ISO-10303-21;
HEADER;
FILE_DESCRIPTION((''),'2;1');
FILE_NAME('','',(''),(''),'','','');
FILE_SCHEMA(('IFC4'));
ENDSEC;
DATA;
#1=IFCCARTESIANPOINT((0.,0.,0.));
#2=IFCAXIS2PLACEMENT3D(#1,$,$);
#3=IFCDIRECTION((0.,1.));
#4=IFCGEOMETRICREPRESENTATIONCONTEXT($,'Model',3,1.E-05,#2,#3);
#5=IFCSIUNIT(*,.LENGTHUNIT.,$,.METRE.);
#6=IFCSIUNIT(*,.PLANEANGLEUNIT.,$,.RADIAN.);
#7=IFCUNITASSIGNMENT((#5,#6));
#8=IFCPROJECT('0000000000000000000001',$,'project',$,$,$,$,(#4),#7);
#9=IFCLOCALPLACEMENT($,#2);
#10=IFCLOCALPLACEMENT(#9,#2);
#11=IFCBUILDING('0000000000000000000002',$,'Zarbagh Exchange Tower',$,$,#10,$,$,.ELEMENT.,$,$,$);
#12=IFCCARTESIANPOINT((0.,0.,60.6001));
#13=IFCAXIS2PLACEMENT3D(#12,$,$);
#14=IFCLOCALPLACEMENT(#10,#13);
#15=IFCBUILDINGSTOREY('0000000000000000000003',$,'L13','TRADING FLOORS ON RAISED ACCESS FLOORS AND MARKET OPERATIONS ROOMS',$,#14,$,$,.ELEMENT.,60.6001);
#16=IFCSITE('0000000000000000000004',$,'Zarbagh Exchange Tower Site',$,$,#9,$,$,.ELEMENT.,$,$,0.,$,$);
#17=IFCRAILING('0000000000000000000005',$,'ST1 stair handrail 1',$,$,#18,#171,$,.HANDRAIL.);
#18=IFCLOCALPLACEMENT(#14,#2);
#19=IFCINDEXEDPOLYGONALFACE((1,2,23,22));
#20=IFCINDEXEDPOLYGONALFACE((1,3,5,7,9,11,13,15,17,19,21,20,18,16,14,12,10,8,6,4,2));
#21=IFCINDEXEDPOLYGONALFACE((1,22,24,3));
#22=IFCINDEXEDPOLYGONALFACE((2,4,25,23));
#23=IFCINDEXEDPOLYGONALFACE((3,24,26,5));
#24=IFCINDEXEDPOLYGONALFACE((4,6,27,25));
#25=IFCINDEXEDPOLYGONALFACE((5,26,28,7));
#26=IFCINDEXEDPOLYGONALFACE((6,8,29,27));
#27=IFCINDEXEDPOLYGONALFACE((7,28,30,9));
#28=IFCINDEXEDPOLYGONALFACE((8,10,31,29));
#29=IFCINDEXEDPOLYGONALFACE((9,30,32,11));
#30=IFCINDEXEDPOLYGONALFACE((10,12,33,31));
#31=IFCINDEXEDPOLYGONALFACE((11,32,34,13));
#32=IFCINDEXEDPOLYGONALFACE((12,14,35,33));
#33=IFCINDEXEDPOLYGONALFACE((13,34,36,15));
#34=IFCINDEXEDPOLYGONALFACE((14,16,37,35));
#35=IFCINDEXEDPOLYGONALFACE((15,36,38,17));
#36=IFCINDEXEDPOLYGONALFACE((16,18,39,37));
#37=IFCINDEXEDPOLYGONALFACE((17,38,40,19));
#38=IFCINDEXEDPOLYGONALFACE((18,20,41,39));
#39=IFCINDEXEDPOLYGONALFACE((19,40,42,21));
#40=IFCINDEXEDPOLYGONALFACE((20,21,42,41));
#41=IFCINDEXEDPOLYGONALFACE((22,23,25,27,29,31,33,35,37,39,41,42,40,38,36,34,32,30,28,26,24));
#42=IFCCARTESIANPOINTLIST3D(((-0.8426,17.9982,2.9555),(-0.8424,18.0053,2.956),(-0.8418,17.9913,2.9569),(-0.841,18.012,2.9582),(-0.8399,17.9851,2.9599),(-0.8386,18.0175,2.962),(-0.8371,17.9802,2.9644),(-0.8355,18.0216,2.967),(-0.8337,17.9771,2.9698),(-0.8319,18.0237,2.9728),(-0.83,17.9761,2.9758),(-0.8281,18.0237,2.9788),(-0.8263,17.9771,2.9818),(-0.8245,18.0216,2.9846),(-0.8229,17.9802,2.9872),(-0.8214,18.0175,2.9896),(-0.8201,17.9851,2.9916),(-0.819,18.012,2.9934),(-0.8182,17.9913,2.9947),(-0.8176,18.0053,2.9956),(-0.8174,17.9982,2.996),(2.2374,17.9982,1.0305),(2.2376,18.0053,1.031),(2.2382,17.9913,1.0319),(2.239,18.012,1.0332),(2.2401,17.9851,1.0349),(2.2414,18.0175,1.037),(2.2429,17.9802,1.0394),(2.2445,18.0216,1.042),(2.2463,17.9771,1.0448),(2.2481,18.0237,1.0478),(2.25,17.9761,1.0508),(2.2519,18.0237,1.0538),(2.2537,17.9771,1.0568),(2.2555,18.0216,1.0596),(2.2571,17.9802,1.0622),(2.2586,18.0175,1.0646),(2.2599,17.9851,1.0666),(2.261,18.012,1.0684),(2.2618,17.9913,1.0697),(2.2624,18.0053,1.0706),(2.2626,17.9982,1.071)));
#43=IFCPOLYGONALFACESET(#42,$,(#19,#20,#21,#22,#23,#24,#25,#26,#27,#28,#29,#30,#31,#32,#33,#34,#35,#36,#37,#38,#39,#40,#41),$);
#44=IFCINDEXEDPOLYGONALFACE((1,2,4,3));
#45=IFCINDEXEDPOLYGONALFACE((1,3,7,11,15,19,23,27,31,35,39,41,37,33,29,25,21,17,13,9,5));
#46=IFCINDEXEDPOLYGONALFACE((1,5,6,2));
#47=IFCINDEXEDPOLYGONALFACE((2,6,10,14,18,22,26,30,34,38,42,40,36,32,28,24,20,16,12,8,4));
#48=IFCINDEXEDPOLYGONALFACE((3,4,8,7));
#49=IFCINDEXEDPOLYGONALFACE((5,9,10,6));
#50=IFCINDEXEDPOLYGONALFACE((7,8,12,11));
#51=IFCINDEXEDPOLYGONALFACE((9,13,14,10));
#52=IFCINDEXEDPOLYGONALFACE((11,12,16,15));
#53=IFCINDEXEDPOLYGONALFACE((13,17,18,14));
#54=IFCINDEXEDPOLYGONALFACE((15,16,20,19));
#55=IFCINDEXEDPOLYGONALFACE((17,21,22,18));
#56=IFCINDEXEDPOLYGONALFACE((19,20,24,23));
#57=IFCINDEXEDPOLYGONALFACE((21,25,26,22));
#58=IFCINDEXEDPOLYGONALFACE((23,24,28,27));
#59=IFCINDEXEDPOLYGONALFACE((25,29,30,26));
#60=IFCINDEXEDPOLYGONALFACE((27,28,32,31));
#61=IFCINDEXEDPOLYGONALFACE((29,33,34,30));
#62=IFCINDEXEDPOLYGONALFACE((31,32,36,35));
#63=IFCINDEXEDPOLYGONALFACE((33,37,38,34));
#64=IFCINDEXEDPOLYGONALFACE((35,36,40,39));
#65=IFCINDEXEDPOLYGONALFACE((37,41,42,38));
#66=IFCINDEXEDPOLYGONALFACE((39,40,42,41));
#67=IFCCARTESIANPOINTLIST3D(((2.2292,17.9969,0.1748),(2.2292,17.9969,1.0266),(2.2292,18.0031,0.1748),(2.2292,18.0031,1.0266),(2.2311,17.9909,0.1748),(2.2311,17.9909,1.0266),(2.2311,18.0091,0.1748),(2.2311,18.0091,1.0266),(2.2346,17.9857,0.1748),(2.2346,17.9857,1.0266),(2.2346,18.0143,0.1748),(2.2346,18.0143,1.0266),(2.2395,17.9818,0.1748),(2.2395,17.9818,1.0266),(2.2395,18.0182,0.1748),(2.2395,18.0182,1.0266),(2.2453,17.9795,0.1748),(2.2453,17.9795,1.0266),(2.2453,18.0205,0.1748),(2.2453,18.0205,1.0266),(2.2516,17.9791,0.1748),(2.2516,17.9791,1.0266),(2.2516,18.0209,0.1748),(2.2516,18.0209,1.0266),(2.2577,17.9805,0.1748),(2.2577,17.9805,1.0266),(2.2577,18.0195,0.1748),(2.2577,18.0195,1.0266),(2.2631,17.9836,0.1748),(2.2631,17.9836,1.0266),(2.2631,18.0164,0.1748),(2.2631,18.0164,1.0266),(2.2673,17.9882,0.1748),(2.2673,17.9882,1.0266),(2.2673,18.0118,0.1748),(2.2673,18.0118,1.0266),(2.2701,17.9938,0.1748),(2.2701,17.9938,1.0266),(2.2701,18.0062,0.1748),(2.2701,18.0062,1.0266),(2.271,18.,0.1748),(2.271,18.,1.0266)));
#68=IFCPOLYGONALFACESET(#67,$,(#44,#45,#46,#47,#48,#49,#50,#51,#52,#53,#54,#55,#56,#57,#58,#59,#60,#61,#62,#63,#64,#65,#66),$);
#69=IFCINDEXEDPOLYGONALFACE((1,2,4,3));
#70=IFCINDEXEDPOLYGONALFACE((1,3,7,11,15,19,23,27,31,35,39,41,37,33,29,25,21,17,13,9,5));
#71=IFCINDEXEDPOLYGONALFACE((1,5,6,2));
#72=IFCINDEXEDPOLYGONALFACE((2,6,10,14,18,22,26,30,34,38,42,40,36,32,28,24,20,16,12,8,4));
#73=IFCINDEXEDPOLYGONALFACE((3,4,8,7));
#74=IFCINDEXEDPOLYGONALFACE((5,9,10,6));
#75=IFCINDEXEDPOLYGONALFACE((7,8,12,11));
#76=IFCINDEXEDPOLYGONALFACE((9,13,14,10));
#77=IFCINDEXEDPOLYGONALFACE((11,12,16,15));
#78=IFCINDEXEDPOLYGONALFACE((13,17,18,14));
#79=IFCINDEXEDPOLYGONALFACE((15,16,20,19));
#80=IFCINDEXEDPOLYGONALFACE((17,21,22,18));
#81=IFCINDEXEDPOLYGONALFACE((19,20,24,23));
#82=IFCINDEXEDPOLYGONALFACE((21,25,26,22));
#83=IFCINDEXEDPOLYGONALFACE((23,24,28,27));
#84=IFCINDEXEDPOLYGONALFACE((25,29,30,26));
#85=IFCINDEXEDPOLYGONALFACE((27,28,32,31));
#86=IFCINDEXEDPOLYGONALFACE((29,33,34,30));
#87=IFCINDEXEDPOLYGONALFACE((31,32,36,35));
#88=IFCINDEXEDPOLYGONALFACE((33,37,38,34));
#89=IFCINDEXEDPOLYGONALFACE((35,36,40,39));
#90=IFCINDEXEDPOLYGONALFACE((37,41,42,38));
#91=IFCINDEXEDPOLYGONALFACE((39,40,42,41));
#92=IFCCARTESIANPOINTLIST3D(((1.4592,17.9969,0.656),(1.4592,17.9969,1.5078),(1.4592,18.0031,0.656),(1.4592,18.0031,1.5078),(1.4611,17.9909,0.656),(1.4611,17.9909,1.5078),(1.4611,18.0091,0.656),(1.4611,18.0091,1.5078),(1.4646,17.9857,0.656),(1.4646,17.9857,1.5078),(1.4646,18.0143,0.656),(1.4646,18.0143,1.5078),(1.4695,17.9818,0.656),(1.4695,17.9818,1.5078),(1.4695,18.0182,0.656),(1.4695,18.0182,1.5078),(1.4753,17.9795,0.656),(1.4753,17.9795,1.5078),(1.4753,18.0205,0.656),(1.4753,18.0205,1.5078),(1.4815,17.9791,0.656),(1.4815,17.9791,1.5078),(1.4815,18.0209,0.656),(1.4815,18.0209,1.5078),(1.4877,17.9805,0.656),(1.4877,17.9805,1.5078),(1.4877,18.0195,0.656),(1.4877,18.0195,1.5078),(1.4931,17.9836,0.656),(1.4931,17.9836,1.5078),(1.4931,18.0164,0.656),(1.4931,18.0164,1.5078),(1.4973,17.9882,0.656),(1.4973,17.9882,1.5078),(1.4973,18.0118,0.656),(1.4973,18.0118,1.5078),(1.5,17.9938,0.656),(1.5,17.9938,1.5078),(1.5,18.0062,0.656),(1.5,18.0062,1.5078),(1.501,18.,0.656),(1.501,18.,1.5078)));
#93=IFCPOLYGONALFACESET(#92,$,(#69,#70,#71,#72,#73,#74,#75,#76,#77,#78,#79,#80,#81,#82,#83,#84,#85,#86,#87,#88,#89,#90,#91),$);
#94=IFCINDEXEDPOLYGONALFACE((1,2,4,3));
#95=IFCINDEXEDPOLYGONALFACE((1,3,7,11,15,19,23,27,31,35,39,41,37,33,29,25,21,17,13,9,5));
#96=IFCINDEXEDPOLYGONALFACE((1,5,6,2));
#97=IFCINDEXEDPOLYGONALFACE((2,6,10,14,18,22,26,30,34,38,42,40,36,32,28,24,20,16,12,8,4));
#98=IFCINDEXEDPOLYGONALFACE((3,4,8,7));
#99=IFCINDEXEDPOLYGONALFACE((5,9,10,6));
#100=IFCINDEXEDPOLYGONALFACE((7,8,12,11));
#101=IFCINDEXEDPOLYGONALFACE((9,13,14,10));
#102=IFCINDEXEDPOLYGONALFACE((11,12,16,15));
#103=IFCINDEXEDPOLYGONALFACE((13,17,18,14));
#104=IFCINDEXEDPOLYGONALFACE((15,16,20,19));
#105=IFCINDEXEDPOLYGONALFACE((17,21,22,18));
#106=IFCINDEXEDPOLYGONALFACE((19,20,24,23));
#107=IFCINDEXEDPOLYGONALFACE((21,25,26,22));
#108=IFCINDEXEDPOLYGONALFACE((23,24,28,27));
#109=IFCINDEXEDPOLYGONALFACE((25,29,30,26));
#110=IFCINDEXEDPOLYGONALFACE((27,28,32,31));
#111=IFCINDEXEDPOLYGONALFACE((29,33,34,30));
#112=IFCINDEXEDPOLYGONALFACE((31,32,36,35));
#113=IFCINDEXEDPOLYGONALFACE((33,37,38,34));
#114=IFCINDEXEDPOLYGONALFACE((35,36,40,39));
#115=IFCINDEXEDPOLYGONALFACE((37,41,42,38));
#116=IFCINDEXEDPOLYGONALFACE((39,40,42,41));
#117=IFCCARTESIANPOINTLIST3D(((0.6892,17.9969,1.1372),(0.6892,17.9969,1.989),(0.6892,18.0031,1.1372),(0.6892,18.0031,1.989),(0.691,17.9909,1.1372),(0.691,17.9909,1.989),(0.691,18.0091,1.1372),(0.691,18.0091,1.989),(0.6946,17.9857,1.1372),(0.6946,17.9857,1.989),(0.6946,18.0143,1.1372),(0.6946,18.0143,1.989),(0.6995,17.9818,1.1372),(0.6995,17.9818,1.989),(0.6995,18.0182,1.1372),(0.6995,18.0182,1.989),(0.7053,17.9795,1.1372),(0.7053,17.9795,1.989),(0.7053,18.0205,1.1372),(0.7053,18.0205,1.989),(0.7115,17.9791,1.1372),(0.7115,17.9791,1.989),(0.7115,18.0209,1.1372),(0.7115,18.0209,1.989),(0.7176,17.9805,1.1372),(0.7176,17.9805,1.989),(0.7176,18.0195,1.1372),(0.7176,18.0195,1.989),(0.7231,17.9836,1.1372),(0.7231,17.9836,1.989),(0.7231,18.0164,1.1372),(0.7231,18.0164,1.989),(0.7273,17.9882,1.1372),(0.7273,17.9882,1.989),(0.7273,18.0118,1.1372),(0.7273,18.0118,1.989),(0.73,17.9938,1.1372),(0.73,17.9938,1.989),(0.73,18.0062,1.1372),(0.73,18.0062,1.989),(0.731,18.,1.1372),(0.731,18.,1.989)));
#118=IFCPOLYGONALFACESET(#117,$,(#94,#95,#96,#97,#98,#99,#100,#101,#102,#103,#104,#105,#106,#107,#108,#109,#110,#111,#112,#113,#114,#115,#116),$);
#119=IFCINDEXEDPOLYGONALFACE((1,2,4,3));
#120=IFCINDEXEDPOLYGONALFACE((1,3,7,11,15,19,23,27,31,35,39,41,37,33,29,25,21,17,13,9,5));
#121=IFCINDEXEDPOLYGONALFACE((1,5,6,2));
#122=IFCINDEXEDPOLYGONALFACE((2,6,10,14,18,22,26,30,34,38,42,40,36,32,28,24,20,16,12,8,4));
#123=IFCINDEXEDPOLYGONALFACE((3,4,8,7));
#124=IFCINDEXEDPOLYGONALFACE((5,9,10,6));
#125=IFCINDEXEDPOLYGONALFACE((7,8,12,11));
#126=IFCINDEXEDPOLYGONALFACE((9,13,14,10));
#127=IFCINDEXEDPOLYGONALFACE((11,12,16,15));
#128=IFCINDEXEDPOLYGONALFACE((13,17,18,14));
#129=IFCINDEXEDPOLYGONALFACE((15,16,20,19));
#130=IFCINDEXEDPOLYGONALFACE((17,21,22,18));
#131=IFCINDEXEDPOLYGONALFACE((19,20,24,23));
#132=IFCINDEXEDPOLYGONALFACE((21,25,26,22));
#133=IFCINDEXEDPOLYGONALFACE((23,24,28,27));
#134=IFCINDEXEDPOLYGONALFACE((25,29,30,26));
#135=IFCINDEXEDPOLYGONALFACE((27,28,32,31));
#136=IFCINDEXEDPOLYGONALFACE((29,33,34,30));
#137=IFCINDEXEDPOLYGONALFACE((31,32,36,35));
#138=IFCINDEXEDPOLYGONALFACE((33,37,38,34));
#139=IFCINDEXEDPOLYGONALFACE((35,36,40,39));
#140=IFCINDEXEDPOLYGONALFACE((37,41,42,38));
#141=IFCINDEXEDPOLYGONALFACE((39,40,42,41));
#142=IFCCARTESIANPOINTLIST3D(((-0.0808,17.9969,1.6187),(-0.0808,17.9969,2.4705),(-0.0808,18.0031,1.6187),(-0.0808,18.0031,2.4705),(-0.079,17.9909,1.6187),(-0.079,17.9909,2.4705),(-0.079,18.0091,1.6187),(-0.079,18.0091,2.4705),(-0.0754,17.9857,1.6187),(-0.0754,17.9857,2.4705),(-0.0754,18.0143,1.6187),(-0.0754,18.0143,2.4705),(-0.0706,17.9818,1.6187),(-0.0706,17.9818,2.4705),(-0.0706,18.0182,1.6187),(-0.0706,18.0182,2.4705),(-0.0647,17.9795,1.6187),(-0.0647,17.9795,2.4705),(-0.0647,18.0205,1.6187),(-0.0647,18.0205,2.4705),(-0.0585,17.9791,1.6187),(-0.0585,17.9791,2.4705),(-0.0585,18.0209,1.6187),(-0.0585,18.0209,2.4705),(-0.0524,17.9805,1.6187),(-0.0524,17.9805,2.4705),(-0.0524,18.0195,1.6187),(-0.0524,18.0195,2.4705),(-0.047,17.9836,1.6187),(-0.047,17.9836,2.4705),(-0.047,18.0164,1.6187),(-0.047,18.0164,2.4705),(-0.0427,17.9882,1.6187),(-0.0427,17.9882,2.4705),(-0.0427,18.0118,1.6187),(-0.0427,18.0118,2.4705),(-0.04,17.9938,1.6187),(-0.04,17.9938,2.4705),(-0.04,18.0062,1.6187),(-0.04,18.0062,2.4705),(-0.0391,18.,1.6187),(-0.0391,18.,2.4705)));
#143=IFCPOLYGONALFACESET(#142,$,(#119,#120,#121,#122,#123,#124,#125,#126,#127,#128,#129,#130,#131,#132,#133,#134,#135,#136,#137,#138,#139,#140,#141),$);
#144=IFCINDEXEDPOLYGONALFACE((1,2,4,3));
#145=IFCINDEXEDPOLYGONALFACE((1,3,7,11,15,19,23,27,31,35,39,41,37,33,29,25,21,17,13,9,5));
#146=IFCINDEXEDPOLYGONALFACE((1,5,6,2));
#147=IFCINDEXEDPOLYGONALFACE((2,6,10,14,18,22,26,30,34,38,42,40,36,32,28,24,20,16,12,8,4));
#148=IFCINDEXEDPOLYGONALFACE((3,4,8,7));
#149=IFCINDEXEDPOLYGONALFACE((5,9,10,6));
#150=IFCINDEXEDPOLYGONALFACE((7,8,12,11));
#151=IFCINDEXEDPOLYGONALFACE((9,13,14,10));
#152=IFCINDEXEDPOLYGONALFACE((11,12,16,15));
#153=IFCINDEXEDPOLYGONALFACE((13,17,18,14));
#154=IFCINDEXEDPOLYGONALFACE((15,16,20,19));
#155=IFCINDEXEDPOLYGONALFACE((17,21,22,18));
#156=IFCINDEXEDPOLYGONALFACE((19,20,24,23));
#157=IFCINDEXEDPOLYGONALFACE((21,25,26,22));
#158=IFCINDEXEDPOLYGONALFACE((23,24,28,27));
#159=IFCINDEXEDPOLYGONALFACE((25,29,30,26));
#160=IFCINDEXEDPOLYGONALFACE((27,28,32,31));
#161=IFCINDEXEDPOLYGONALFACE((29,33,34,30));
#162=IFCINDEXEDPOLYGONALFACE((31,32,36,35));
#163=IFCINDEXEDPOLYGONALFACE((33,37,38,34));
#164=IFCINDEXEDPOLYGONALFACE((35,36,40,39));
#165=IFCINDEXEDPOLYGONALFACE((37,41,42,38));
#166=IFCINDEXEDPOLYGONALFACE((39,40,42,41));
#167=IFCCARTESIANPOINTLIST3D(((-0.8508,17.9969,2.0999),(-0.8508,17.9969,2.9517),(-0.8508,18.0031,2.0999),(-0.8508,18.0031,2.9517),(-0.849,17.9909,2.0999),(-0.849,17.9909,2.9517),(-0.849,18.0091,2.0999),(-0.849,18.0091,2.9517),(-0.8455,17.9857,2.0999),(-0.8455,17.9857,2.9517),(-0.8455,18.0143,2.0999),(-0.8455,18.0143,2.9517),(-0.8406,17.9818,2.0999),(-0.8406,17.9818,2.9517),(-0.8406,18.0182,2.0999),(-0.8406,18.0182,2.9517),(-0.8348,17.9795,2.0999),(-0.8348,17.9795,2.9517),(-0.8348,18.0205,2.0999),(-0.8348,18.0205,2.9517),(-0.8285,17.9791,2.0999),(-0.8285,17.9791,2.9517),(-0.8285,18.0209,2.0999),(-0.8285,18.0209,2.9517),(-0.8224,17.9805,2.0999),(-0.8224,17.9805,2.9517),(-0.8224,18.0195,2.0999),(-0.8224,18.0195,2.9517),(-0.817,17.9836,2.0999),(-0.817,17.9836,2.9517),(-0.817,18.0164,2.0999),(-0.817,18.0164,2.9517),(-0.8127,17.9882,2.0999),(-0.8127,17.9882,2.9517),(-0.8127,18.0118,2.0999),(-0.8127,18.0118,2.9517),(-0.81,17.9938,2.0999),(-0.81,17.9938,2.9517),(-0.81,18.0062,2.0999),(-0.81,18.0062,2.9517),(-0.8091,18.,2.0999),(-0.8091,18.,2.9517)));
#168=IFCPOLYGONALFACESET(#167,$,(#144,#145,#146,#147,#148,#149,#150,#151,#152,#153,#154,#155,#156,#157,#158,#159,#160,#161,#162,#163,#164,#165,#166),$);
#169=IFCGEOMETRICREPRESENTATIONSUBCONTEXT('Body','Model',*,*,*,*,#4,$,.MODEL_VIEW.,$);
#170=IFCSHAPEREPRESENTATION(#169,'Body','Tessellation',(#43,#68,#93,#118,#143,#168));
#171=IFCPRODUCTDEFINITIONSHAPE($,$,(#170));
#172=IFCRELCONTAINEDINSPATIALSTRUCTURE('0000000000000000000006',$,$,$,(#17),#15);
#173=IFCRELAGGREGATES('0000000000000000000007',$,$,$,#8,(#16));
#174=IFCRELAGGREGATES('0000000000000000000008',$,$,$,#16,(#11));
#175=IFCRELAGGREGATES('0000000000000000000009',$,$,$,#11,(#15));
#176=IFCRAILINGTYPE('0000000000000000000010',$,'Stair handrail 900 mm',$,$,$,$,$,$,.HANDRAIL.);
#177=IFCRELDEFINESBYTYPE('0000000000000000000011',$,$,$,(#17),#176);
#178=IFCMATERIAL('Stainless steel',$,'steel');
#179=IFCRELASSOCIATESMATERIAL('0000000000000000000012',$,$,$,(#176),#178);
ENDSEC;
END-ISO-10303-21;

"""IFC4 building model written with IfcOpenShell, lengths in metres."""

from ifc_helpers import new_model, si_unit, direction, frame, origin, origin_2d, place, context, subcontext, project, spatial, circle, extrude, material, type_object, element, save


model = new_model("IFC4")

# Units and contexts
model_context = context("Model", 3, precision=1e-05, world=origin(), true_north=direction((0.0, 1.0)))
body_context = subcontext(model_context, "Body", "Model", "MODEL_VIEW")
ifc_project = project(units=[si_unit("LENGTHUNIT", "METRE"), si_unit("PLANEANGLEUNIT", "RADIAN")], contexts=[model_context])

# Site, building, storey
site_placement = place(None, origin())
site = spatial("IfcSite", under=ifc_project, at=site_placement, Name="Zarbagh Exchange Tower Site", CompositionType="ELEMENT", RefElevation=0.0)
building_placement = place(site_placement, origin())
building = spatial("IfcBuilding", under=site, at=building_placement, Name="Zarbagh Exchange Tower", CompositionType="ELEMENT")
storey_placement = place(building_placement, frame((0.0, 0.0, 60.6001)))
storey = spatial("IfcBuildingStorey", under=building, at=storey_placement, Name="L13", Description="TRADING FLOORS ON RAISED ACCESS FLOORS AND MARKET OPERATIONS ROOMS", CompositionType="ELEMENT", Elevation=60.6001)

# Shared definitions
ifc_material_1 = material(Name="Stainless steel", Category="steel")

# Railing
railing_type_1 = type_object("IfcRailingType", Name="Stair handrail 900 mm", PredefinedType="HANDRAIL", material=ifc_material_1)
for number, where, name in (
    (1, (2.25, 18.0, 0.1748), "ST1 stair handrail 1"),
):
    element("IfcRailing", number, at=place(storey_placement, frame(where)), inside=storey, type_object=railing_type_1, Name=name, PredefinedType="HANDRAIL", context=body_context, shape_type="SweptSolid", body=[
        extrude(circle(Radius=0.0239, at=origin_2d()), frame((0.0, 0.0, 0.876), z_axis=(-0.847998, 0.0, 0.529999), x_axis=(0.0, -1.0, 0.0)), (0.0, 0.0, 1.0), 3.6321),
        extrude(circle(Radius=0.021, at=origin_2d()), origin(), (0.0, 0.0, 1.0), 0.8518),
        extrude(circle(Radius=0.021, at=origin_2d()), frame((-0.77, 0.0, 0.4812)), (0.0, 0.0, 1.0), 0.8518),
        extrude(circle(Radius=0.021, at=origin_2d()), frame((-1.54, 0.0, 0.9624)), (0.0, 0.0, 1.0), 0.8518),
        extrude(circle(Radius=0.021, at=origin_2d()), frame((-2.3101, 0.0, 1.4438)), (0.0, 0.0, 1.0), 0.8518),
        extrude(circle(Radius=0.021, at=origin_2d()), frame((-3.0801, 0.0, 1.925)), (0.0, 0.0, 1.0), 0.8518),
    ])

save(model, "model.ifc")
